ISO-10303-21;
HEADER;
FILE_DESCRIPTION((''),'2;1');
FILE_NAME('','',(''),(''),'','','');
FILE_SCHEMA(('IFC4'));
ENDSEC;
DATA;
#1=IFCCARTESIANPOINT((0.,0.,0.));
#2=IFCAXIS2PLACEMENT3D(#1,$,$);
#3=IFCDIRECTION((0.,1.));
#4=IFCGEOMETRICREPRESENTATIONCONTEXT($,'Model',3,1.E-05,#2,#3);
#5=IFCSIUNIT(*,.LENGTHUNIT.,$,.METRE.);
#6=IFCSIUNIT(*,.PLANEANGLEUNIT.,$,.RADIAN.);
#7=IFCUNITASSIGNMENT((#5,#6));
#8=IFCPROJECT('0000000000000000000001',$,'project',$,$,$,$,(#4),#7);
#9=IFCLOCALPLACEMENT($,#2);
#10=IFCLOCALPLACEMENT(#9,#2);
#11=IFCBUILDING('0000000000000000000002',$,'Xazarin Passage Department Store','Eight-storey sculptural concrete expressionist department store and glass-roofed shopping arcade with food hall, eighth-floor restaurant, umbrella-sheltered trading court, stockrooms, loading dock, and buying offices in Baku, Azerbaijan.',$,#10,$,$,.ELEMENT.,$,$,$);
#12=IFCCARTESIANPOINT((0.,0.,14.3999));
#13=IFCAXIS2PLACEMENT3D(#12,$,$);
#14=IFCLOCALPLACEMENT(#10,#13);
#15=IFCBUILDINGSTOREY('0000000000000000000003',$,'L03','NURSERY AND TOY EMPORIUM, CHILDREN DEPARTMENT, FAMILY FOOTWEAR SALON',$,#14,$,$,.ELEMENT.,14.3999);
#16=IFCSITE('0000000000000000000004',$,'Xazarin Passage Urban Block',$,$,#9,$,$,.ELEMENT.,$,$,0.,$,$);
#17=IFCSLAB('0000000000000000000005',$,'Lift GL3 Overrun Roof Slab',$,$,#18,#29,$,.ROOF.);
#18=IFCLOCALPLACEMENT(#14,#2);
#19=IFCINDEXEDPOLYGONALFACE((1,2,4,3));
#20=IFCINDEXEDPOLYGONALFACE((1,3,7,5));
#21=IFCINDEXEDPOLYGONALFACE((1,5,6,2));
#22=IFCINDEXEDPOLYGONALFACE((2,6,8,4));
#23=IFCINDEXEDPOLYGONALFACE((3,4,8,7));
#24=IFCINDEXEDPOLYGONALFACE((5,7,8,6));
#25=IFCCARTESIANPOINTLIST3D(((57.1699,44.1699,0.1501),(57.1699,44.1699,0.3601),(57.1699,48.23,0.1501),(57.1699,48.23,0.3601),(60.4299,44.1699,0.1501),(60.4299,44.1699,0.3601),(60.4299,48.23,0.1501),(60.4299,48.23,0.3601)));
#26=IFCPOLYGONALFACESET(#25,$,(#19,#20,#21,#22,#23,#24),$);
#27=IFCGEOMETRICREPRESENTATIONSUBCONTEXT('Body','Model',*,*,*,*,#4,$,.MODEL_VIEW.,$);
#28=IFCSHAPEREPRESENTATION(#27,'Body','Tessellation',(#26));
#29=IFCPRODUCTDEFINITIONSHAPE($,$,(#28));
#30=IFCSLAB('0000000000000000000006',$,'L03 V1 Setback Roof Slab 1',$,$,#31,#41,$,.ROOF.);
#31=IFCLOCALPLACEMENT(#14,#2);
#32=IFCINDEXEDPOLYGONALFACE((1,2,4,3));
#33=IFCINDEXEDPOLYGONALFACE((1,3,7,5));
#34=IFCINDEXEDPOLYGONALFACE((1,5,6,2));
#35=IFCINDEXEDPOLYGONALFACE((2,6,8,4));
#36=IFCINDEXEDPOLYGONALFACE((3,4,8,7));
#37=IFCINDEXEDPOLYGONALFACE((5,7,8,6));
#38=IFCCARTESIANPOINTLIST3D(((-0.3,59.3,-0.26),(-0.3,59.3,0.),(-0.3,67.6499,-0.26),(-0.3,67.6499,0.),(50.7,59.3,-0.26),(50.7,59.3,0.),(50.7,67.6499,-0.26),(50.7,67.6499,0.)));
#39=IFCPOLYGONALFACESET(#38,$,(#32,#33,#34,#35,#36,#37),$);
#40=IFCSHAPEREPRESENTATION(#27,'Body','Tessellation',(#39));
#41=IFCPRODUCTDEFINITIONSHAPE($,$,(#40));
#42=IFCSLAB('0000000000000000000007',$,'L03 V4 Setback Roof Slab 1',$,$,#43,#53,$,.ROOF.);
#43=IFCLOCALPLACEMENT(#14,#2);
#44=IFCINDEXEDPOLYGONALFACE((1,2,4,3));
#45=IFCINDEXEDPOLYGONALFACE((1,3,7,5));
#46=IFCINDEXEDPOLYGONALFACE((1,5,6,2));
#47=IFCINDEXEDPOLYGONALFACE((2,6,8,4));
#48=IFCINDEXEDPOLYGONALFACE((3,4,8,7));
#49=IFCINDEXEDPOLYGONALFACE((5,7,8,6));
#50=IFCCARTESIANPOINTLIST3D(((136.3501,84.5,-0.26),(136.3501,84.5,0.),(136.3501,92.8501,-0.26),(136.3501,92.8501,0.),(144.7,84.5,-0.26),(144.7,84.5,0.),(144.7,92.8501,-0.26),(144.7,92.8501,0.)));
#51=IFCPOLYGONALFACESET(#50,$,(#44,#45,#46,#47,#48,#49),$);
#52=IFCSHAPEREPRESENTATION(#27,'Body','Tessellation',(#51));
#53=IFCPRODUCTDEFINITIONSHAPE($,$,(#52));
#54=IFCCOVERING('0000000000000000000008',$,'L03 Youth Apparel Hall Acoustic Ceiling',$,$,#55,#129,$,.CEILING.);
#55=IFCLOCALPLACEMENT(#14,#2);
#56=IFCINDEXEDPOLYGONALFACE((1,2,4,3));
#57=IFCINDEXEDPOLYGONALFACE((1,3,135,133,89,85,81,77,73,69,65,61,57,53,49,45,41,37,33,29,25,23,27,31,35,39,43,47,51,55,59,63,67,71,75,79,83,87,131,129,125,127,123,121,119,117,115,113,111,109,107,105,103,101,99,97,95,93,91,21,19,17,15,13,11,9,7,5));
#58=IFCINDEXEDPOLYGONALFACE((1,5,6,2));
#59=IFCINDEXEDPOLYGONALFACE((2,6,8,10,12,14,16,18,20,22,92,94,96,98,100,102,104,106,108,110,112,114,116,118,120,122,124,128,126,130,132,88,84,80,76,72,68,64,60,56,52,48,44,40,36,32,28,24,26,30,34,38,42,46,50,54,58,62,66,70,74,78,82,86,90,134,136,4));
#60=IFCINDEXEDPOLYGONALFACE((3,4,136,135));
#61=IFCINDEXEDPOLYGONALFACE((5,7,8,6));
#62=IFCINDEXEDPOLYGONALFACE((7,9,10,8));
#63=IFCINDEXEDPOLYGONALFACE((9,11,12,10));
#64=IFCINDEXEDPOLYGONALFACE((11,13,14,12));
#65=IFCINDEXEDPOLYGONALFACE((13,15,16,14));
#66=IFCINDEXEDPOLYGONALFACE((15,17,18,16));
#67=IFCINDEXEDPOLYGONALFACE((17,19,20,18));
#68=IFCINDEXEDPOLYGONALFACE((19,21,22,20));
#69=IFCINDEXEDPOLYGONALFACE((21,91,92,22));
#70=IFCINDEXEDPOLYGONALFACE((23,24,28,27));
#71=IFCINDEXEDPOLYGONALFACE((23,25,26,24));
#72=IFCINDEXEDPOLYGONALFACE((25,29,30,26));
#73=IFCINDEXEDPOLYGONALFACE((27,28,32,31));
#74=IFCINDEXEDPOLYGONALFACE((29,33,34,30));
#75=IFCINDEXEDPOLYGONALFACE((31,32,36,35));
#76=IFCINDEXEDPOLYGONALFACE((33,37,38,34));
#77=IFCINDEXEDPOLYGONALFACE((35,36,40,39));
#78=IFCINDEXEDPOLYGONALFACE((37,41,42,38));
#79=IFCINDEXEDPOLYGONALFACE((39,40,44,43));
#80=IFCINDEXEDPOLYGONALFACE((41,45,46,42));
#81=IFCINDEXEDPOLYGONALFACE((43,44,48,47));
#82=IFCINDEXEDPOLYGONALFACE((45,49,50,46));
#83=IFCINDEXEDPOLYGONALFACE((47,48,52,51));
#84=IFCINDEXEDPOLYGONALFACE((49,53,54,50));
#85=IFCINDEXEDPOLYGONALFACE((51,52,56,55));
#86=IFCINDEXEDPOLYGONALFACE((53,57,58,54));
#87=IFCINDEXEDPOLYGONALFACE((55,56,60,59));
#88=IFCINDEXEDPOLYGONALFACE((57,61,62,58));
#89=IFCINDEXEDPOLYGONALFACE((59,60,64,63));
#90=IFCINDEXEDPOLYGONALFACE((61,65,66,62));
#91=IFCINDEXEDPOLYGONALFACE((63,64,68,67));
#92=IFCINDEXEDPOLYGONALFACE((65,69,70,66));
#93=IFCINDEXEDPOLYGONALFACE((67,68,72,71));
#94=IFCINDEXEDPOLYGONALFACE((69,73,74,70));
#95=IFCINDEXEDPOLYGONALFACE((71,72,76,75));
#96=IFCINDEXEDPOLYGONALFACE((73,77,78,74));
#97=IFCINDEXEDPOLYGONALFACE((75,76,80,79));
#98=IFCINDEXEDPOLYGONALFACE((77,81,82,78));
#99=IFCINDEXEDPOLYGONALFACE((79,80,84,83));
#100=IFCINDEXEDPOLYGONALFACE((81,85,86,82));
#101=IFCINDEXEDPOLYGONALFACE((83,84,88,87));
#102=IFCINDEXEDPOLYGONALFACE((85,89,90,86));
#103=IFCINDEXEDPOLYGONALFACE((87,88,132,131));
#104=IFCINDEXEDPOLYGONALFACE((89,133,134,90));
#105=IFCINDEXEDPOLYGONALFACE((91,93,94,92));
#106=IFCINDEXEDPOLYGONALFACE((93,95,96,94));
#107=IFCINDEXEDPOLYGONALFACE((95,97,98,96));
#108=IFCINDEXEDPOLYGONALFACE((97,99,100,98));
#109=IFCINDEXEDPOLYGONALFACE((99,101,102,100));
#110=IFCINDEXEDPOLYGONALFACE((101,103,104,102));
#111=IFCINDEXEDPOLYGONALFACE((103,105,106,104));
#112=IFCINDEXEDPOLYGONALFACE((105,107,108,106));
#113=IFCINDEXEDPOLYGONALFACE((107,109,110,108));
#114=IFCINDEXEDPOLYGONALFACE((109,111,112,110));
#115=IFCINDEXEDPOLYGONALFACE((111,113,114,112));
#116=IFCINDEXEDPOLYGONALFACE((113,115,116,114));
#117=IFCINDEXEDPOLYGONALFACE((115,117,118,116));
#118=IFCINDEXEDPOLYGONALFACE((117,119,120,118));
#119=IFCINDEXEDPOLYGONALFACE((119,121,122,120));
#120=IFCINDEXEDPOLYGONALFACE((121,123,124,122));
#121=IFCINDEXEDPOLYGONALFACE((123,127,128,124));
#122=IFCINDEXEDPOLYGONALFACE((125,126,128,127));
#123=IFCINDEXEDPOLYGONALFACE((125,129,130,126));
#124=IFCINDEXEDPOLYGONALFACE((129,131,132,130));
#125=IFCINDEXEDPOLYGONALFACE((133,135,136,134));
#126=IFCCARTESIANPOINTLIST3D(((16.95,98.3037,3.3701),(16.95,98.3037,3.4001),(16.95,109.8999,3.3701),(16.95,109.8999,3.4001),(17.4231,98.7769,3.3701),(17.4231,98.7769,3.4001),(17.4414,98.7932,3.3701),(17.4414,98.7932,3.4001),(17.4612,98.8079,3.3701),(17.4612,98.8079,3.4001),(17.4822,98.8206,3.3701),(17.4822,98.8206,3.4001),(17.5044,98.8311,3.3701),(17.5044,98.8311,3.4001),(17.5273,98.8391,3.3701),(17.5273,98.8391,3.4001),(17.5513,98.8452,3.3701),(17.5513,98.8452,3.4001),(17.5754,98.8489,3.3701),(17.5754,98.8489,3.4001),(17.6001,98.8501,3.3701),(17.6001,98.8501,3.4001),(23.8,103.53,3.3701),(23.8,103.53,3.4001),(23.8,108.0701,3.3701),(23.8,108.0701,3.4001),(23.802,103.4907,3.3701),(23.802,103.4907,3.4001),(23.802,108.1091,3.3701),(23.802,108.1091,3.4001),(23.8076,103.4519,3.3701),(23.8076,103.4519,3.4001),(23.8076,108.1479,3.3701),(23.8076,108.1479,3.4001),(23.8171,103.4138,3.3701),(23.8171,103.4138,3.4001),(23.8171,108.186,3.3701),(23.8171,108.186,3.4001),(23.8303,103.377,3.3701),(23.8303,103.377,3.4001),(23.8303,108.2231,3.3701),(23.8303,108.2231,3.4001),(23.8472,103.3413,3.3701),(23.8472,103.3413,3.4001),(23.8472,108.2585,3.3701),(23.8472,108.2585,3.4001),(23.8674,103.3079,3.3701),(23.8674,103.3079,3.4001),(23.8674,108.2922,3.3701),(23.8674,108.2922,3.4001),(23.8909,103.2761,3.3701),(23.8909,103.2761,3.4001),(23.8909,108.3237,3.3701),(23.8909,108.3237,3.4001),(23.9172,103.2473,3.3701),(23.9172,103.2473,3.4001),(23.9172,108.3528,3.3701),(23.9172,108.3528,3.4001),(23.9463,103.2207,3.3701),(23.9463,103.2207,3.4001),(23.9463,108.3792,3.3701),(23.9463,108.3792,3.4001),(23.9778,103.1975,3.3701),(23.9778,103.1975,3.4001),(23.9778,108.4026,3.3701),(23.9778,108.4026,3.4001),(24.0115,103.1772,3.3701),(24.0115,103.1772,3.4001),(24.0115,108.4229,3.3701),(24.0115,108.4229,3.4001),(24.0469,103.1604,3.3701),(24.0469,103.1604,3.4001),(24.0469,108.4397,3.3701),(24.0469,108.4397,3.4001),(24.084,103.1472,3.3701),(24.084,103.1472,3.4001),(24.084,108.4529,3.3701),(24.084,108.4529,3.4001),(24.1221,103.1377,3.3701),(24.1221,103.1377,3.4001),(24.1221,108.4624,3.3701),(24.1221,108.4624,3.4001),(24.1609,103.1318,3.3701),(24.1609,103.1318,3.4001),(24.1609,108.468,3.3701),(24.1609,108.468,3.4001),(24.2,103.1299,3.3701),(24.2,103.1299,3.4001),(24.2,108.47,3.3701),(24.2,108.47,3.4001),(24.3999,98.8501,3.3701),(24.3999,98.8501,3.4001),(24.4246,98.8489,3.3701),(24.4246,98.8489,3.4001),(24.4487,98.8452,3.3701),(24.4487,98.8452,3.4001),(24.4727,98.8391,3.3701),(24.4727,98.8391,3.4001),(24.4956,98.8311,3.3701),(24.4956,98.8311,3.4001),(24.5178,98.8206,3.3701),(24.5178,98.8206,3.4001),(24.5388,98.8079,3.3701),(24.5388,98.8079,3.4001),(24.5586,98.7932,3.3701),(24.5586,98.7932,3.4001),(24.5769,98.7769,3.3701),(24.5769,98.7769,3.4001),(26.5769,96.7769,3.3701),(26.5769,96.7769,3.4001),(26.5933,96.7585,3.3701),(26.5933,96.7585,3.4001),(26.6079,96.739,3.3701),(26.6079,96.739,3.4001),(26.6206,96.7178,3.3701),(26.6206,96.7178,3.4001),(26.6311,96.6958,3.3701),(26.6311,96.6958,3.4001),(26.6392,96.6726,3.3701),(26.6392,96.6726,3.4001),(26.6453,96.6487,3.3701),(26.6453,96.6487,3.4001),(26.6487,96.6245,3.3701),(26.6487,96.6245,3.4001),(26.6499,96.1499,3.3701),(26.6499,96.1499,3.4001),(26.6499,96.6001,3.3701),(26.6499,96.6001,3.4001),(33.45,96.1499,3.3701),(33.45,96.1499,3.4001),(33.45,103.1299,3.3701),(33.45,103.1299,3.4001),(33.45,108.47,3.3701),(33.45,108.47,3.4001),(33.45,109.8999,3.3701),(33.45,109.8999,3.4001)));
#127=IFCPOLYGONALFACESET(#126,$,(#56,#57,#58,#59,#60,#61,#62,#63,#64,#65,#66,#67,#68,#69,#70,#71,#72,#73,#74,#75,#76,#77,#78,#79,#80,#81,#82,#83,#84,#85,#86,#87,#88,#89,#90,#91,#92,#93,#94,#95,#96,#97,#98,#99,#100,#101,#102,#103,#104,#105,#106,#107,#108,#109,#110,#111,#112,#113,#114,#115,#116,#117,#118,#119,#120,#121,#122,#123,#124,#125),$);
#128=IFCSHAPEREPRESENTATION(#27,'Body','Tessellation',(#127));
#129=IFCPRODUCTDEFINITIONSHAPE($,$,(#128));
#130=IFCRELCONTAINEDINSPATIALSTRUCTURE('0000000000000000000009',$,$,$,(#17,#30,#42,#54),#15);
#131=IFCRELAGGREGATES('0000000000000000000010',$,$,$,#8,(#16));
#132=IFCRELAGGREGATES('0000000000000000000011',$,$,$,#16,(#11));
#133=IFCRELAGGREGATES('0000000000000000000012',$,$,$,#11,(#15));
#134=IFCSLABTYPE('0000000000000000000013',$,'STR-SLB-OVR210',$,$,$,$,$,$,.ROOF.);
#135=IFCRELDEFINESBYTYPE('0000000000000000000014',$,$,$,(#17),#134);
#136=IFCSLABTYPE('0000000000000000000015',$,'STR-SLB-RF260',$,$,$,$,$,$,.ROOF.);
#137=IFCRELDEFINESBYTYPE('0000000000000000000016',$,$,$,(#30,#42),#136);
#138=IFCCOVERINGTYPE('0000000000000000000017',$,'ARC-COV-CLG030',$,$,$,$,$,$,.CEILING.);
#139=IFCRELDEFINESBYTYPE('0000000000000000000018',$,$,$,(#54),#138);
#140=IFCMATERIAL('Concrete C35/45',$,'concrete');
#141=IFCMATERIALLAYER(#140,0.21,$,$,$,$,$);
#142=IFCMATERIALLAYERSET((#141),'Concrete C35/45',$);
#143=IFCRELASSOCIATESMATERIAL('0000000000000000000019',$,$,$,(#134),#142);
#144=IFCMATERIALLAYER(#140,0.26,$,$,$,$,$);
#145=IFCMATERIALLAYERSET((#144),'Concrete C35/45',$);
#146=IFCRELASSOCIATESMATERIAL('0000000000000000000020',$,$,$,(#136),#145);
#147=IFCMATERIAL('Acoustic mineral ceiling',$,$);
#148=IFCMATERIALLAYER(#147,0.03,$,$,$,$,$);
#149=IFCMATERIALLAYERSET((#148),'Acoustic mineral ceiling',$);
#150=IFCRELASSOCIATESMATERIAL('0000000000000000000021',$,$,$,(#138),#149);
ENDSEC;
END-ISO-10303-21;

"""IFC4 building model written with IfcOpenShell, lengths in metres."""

from ifc_helpers import new_model, si_unit, direction, frame, origin, place, context, subcontext, project, spatial, polyline, outline, extrude, material, layer, layer_set, type_object, element, save


model = new_model("IFC4")

# Units and contexts
model_context = context("Model", 3, precision=1e-05, world=origin(), true_north=direction((0.0, 1.0)))
body_context = subcontext(model_context, "Body", "Model", "MODEL_VIEW")
ifc_project = project(units=[si_unit("LENGTHUNIT", "METRE"), si_unit("PLANEANGLEUNIT", "RADIAN")], contexts=[model_context])

# Site, building, storey
site_placement = place(None, origin())
site = spatial("IfcSite", under=ifc_project, at=site_placement, Name="Xazarin Passage Urban Block", CompositionType="ELEMENT", RefElevation=0.0)
building_placement = place(site_placement, origin())
building = spatial("IfcBuilding", under=site, at=building_placement, Name="Xazarin Passage Department Store", Description="Eight-storey sculptural concrete expressionist department store and glass-roofed shopping arcade with food hall, eighth-floor restaurant, umbrella-sheltered trading court, stockrooms, loading dock, and buying offices in Baku, Azerbaijan.", CompositionType="ELEMENT")
storey_placement = place(building_placement, frame((0.0, 0.0, 14.3999)))
storey = spatial("IfcBuildingStorey", under=building, at=storey_placement, Name="L03", Description="NURSERY AND TOY EMPORIUM, CHILDREN DEPARTMENT, FAMILY FOOTWEAR SALON", CompositionType="ELEMENT", Elevation=14.3999)

# Shared definitions
ifc_material_1 = material(Name="Concrete C35/45", Category="concrete")

# Slabs
ifc_layer_1 = layer(ifc_material_1, 0.21)
ifc_layer_set_1 = layer_set([ifc_layer_1], Name="Concrete C35/45")
slab_type_1 = type_object("IfcSlabType", Name="STR-SLB-OVR210", PredefinedType="ROOF", material=ifc_layer_set_1)
slab_1_placement = place(storey_placement, frame((0.0, 0.0, 0.1501)))
element("IfcSlab", 1, at=slab_1_placement, inside=storey, type_object=slab_type_1, Name="Lift GL3 Overrun Roof Slab", PredefinedType="ROOF", context=body_context, shape_type="SweptSolid", body=[
    extrude(outline(polyline([(57.1699, 44.1699), (60.4299, 44.1699), (60.4299, 48.23), (57.1699, 48.23), (57.1699, 44.1699)])), origin(), (0.0, 0.0, 1.0), 0.21),
])
ifc_layer_2 = layer(ifc_material_1, 0.26)
ifc_layer_set_2 = layer_set([ifc_layer_2], Name="Concrete C35/45")
slab_type_2 = type_object("IfcSlabType", Name="STR-SLB-RF260", PredefinedType="ROOF", material=ifc_layer_set_2)
slab_2_placement = place(storey_placement, frame((0.0, 0.0, -0.26)))
element("IfcSlab", 2, at=slab_2_placement, inside=storey, type_object=slab_type_2, Name="L03 V1 Setback Roof Slab 1", PredefinedType="ROOF", context=body_context, shape_type="SweptSolid", body=[
    extrude(outline(polyline([(50.7, 67.6499), (-0.3, 67.6499), (-0.3, 59.3), (50.7, 59.3), (50.7, 67.6499)])), origin(), (0.0, 0.0, 1.0), 0.26),
])
slab_3_placement = place(storey_placement, frame((0.0, 0.0, -0.26)))
element("IfcSlab", 3, at=slab_3_placement, inside=storey, type_object=slab_type_2, Name="L03 V4 Setback Roof Slab 1", PredefinedType="ROOF", context=body_context, shape_type="SweptSolid", body=[
    extrude(outline(polyline([(144.7, 84.5), (144.7, 92.8501), (136.3501, 92.8501), (136.3501, 84.5), (144.7, 84.5)])), origin(), (0.0, 0.0, 1.0), 0.26),
])

# Covering
ifc_material_2 = material(Name="Acoustic mineral ceiling")
ifc_layer_3 = layer(ifc_material_2, 0.03)
ifc_layer_set_3 = layer_set([ifc_layer_3], Name="Acoustic mineral ceiling")
covering_type_1 = type_object("IfcCoveringType", Name="ARC-COV-CLG030", PredefinedType="CEILING", material=ifc_layer_set_3)
covering_1_placement = place(storey_placement, frame((0.0, 0.0, 3.3701)))
element("IfcCovering", 4, at=covering_1_placement, inside=storey, type_object=covering_type_1, Name="L03 Youth Apparel Hall Acoustic Ceiling", PredefinedType="CEILING", context=body_context, shape_type="SweptSolid", body=[
    extrude(outline(polyline([(33.45, 103.1299), (24.2, 103.1299), (24.1609, 103.1318), (24.1221, 103.1377), (24.084, 103.1472), (24.0469, 103.1604), (24.0115, 103.1772), (23.9778, 103.1975), (23.9463, 103.2207), (23.9172, 103.2473), (23.8909, 103.2761), (23.8674, 103.3079), (23.8472, 103.3413), (23.8303, 103.377), (23.8171, 103.4138), (23.8076, 103.4519), (23.802, 103.4907), (23.8, 103.53), (23.8, 108.0701), (23.802, 108.1091), (23.8076, 108.1479), (23.8171, 108.186), (23.8303, 108.2231), (23.8472, 108.2585), (23.8674, 108.2922), (23.8909, 108.3237), (23.9172, 108.3528), (23.9463, 108.3792), (23.9778, 108.4026), (24.0115, 108.4229), (24.0469, 108.4397), (24.084, 108.4529), (24.1221, 108.4624), (24.1609, 108.468), (24.2, 108.47), (33.45, 108.47), (33.45, 109.8999), (16.95, 109.8999), (16.95, 98.3037), (17.4231, 98.7769), (17.4414, 98.7932), (17.4612, 98.8079), (17.4822, 98.8206), (17.5044, 98.8311), (17.5273, 98.8391), (17.5513, 98.8452), (17.5754, 98.8489), (17.6001, 98.8501), (24.3999, 98.8501), (24.4246, 98.8489), (24.4487, 98.8452), (24.4727, 98.8391), (24.4956, 98.8311), (24.5178, 98.8206), (24.5388, 98.8079), (24.5586, 98.7932), (24.5769, 98.7769), (26.5769, 96.7769), (26.5933, 96.7585), (26.6079, 96.739), (26.6206, 96.7178), (26.6311, 96.6958), (26.6392, 96.6726), (26.6453, 96.6487), (26.6487, 96.6245), (26.6499, 96.6001), (26.6499, 96.1499), (33.45, 96.1499), (33.45, 103.1299)])), origin(), (0.0, 0.0, 1.0), 0.03),
])

save(model, "model.ifc")
